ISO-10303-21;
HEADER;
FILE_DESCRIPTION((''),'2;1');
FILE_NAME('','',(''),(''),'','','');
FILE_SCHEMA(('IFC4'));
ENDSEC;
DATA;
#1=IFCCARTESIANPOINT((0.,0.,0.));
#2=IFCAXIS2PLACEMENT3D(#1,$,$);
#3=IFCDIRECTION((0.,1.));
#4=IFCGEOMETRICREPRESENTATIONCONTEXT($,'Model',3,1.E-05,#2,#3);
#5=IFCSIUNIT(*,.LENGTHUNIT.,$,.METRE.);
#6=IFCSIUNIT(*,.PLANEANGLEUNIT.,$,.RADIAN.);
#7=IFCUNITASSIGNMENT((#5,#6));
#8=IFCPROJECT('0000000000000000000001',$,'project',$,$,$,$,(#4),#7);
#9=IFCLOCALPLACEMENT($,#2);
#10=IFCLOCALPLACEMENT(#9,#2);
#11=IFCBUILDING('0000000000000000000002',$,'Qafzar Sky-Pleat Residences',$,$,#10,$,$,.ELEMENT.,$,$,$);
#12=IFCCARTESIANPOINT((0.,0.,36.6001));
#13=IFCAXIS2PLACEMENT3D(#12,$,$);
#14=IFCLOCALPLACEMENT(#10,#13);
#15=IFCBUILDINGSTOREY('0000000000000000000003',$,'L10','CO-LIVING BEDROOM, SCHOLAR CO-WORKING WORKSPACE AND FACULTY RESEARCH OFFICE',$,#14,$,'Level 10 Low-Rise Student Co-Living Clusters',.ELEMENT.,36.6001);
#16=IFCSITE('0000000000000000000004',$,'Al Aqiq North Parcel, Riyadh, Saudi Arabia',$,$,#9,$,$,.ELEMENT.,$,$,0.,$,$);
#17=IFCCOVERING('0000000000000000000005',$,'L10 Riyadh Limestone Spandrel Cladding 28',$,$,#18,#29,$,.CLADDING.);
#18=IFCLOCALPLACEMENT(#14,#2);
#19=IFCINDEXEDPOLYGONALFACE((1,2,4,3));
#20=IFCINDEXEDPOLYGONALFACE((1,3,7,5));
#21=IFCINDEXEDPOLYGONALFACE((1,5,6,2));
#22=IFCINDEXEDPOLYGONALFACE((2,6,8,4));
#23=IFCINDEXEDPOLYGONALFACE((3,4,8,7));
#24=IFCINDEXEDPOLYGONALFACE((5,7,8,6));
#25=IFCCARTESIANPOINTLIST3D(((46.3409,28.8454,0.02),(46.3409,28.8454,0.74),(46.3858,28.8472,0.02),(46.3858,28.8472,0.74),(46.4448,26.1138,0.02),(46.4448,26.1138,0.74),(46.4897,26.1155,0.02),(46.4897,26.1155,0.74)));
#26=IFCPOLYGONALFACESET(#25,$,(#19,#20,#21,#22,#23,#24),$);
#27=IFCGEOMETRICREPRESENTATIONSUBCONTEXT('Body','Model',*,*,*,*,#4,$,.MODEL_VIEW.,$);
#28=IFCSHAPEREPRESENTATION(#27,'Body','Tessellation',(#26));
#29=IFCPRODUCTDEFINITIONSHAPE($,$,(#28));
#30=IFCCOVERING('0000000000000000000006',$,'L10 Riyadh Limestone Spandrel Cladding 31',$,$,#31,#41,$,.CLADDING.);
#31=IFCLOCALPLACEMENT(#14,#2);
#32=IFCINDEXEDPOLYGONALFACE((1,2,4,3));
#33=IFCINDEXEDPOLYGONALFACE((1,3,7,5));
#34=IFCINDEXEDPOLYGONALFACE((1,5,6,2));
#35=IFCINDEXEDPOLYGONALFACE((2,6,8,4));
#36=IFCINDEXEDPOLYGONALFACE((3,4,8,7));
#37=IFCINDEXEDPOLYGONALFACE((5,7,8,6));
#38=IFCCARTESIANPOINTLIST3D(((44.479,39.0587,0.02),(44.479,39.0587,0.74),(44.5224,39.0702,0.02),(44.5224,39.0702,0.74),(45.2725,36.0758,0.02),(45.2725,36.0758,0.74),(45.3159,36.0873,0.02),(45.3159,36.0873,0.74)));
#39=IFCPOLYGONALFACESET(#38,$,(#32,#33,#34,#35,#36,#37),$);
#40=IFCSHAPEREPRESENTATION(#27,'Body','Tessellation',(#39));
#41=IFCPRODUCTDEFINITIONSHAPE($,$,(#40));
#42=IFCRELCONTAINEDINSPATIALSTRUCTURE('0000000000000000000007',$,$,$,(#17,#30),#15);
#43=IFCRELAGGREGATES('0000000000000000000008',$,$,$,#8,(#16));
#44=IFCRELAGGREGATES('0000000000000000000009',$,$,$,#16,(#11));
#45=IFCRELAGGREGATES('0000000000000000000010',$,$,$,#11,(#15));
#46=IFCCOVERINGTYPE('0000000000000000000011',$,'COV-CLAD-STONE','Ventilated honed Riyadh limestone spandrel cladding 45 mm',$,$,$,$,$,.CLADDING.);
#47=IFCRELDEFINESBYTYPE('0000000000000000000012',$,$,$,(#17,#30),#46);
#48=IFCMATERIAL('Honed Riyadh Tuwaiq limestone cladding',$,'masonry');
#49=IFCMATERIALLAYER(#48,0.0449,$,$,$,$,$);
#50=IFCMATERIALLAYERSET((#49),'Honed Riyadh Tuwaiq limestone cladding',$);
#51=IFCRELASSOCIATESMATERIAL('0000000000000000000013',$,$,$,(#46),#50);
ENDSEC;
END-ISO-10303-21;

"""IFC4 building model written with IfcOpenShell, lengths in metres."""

from ifc_helpers import new_model, si_unit, direction, frame, origin, origin_2d, place, context, subcontext, project, spatial, rectangle, extrude, source, transform, mapped, material, layer, layer_set, type_object, element, save


model = new_model("IFC4")

# Units and contexts
model_context = context("Model", 3, precision=1e-05, world=origin(), true_north=direction((0.0, 1.0)))
body_context = subcontext(model_context, "Body", "Model", "MODEL_VIEW")
ifc_project = project(units=[si_unit("LENGTHUNIT", "METRE"), si_unit("PLANEANGLEUNIT", "RADIAN")], contexts=[model_context])

# Site, building, storey
site_placement = place(None, origin())
site = spatial("IfcSite", under=ifc_project, at=site_placement, Name="Al Aqiq North Parcel, Riyadh, Saudi Arabia", CompositionType="ELEMENT", RefElevation=0.0)
building_placement = place(site_placement, origin())
building = spatial("IfcBuilding", under=site, at=building_placement, Name="Qafzar Sky-Pleat Residences", CompositionType="ELEMENT")
storey_placement = place(building_placement, frame((0.0, 0.0, 36.6001)))
storey = spatial("IfcBuildingStorey", under=building, at=storey_placement, Name="L10", Description="CO-LIVING BEDROOM, SCHOLAR CO-WORKING WORKSPACE AND FACULTY RESEARCH OFFICE", LongName="Level 10 Low-Rise Student Co-Living Clusters", CompositionType="ELEMENT", Elevation=36.6001)

# Coverings
ifc_material_1 = material(Name="Honed Riyadh Tuwaiq limestone cladding", Category="masonry")
ifc_layer_1 = layer(ifc_material_1, 0.0449)
ifc_layer_set_1 = layer_set([ifc_layer_1], Name="Honed Riyadh Tuwaiq limestone cladding")
covering_type = type_object("IfcCoveringType", Name="COV-CLAD-STONE", Description="Ventilated honed Riyadh limestone spandrel cladding 45 mm", PredefinedType="CLADDING", material=ifc_layer_set_1)
shared_shape_1 = source(origin(), body_context, "Body", "SweptSolid", [
    extrude(rectangle(XDim=2.7336, YDim=0.0449, at=origin_2d()), origin(), (0.0, 0.0, 1.0), 0.72),
])
covering_1_placement = place(storey_placement, frame((46.4153, 27.4805, 0.02), z_axis=(0.0, 0.0, 1.0), x_axis=(-0.037993, 0.999278, 0.0)))
element("IfcCovering", 1, at=covering_1_placement, inside=storey, type_object=covering_type, Name="L10 Riyadh Limestone Spandrel Cladding 28", PredefinedType="CLADDING", context=body_context, shape_type="MappedRepresentation", body=[
    mapped(shared_shape_1, transform((0.0, 0.0, 0.0), x_axis=(1.0, 0.0, 0.0), y_axis=(0.0, 1.0, 0.0), z_axis=(0.0, 0.0, 1.0), scale=1.0)),
])
shared_shape_2 = source(origin(), body_context, "Body", "SweptSolid", [
    extrude(rectangle(XDim=3.0867, YDim=0.0449, at=origin_2d()), origin(), (0.0, 0.0, 1.0), 0.72),
])
covering_2_placement = place(storey_placement, frame((44.8975, 37.573, 0.02), z_axis=(0.0, 0.0, 1.0), x_axis=(-0.25706, 0.966395, 0.0)))
element("IfcCovering", 2, at=covering_2_placement, inside=storey, type_object=covering_type, Name="L10 Riyadh Limestone Spandrel Cladding 31", PredefinedType="CLADDING", context=body_context, shape_type="MappedRepresentation", body=[
    mapped(shared_shape_2, transform((0.0, 0.0, 0.0), x_axis=(1.0, 0.0, 0.0), y_axis=(0.0, 1.0, 0.0), z_axis=(0.0, 0.0, 1.0), scale=1.0)),
])

save(model, "model.ifc")
